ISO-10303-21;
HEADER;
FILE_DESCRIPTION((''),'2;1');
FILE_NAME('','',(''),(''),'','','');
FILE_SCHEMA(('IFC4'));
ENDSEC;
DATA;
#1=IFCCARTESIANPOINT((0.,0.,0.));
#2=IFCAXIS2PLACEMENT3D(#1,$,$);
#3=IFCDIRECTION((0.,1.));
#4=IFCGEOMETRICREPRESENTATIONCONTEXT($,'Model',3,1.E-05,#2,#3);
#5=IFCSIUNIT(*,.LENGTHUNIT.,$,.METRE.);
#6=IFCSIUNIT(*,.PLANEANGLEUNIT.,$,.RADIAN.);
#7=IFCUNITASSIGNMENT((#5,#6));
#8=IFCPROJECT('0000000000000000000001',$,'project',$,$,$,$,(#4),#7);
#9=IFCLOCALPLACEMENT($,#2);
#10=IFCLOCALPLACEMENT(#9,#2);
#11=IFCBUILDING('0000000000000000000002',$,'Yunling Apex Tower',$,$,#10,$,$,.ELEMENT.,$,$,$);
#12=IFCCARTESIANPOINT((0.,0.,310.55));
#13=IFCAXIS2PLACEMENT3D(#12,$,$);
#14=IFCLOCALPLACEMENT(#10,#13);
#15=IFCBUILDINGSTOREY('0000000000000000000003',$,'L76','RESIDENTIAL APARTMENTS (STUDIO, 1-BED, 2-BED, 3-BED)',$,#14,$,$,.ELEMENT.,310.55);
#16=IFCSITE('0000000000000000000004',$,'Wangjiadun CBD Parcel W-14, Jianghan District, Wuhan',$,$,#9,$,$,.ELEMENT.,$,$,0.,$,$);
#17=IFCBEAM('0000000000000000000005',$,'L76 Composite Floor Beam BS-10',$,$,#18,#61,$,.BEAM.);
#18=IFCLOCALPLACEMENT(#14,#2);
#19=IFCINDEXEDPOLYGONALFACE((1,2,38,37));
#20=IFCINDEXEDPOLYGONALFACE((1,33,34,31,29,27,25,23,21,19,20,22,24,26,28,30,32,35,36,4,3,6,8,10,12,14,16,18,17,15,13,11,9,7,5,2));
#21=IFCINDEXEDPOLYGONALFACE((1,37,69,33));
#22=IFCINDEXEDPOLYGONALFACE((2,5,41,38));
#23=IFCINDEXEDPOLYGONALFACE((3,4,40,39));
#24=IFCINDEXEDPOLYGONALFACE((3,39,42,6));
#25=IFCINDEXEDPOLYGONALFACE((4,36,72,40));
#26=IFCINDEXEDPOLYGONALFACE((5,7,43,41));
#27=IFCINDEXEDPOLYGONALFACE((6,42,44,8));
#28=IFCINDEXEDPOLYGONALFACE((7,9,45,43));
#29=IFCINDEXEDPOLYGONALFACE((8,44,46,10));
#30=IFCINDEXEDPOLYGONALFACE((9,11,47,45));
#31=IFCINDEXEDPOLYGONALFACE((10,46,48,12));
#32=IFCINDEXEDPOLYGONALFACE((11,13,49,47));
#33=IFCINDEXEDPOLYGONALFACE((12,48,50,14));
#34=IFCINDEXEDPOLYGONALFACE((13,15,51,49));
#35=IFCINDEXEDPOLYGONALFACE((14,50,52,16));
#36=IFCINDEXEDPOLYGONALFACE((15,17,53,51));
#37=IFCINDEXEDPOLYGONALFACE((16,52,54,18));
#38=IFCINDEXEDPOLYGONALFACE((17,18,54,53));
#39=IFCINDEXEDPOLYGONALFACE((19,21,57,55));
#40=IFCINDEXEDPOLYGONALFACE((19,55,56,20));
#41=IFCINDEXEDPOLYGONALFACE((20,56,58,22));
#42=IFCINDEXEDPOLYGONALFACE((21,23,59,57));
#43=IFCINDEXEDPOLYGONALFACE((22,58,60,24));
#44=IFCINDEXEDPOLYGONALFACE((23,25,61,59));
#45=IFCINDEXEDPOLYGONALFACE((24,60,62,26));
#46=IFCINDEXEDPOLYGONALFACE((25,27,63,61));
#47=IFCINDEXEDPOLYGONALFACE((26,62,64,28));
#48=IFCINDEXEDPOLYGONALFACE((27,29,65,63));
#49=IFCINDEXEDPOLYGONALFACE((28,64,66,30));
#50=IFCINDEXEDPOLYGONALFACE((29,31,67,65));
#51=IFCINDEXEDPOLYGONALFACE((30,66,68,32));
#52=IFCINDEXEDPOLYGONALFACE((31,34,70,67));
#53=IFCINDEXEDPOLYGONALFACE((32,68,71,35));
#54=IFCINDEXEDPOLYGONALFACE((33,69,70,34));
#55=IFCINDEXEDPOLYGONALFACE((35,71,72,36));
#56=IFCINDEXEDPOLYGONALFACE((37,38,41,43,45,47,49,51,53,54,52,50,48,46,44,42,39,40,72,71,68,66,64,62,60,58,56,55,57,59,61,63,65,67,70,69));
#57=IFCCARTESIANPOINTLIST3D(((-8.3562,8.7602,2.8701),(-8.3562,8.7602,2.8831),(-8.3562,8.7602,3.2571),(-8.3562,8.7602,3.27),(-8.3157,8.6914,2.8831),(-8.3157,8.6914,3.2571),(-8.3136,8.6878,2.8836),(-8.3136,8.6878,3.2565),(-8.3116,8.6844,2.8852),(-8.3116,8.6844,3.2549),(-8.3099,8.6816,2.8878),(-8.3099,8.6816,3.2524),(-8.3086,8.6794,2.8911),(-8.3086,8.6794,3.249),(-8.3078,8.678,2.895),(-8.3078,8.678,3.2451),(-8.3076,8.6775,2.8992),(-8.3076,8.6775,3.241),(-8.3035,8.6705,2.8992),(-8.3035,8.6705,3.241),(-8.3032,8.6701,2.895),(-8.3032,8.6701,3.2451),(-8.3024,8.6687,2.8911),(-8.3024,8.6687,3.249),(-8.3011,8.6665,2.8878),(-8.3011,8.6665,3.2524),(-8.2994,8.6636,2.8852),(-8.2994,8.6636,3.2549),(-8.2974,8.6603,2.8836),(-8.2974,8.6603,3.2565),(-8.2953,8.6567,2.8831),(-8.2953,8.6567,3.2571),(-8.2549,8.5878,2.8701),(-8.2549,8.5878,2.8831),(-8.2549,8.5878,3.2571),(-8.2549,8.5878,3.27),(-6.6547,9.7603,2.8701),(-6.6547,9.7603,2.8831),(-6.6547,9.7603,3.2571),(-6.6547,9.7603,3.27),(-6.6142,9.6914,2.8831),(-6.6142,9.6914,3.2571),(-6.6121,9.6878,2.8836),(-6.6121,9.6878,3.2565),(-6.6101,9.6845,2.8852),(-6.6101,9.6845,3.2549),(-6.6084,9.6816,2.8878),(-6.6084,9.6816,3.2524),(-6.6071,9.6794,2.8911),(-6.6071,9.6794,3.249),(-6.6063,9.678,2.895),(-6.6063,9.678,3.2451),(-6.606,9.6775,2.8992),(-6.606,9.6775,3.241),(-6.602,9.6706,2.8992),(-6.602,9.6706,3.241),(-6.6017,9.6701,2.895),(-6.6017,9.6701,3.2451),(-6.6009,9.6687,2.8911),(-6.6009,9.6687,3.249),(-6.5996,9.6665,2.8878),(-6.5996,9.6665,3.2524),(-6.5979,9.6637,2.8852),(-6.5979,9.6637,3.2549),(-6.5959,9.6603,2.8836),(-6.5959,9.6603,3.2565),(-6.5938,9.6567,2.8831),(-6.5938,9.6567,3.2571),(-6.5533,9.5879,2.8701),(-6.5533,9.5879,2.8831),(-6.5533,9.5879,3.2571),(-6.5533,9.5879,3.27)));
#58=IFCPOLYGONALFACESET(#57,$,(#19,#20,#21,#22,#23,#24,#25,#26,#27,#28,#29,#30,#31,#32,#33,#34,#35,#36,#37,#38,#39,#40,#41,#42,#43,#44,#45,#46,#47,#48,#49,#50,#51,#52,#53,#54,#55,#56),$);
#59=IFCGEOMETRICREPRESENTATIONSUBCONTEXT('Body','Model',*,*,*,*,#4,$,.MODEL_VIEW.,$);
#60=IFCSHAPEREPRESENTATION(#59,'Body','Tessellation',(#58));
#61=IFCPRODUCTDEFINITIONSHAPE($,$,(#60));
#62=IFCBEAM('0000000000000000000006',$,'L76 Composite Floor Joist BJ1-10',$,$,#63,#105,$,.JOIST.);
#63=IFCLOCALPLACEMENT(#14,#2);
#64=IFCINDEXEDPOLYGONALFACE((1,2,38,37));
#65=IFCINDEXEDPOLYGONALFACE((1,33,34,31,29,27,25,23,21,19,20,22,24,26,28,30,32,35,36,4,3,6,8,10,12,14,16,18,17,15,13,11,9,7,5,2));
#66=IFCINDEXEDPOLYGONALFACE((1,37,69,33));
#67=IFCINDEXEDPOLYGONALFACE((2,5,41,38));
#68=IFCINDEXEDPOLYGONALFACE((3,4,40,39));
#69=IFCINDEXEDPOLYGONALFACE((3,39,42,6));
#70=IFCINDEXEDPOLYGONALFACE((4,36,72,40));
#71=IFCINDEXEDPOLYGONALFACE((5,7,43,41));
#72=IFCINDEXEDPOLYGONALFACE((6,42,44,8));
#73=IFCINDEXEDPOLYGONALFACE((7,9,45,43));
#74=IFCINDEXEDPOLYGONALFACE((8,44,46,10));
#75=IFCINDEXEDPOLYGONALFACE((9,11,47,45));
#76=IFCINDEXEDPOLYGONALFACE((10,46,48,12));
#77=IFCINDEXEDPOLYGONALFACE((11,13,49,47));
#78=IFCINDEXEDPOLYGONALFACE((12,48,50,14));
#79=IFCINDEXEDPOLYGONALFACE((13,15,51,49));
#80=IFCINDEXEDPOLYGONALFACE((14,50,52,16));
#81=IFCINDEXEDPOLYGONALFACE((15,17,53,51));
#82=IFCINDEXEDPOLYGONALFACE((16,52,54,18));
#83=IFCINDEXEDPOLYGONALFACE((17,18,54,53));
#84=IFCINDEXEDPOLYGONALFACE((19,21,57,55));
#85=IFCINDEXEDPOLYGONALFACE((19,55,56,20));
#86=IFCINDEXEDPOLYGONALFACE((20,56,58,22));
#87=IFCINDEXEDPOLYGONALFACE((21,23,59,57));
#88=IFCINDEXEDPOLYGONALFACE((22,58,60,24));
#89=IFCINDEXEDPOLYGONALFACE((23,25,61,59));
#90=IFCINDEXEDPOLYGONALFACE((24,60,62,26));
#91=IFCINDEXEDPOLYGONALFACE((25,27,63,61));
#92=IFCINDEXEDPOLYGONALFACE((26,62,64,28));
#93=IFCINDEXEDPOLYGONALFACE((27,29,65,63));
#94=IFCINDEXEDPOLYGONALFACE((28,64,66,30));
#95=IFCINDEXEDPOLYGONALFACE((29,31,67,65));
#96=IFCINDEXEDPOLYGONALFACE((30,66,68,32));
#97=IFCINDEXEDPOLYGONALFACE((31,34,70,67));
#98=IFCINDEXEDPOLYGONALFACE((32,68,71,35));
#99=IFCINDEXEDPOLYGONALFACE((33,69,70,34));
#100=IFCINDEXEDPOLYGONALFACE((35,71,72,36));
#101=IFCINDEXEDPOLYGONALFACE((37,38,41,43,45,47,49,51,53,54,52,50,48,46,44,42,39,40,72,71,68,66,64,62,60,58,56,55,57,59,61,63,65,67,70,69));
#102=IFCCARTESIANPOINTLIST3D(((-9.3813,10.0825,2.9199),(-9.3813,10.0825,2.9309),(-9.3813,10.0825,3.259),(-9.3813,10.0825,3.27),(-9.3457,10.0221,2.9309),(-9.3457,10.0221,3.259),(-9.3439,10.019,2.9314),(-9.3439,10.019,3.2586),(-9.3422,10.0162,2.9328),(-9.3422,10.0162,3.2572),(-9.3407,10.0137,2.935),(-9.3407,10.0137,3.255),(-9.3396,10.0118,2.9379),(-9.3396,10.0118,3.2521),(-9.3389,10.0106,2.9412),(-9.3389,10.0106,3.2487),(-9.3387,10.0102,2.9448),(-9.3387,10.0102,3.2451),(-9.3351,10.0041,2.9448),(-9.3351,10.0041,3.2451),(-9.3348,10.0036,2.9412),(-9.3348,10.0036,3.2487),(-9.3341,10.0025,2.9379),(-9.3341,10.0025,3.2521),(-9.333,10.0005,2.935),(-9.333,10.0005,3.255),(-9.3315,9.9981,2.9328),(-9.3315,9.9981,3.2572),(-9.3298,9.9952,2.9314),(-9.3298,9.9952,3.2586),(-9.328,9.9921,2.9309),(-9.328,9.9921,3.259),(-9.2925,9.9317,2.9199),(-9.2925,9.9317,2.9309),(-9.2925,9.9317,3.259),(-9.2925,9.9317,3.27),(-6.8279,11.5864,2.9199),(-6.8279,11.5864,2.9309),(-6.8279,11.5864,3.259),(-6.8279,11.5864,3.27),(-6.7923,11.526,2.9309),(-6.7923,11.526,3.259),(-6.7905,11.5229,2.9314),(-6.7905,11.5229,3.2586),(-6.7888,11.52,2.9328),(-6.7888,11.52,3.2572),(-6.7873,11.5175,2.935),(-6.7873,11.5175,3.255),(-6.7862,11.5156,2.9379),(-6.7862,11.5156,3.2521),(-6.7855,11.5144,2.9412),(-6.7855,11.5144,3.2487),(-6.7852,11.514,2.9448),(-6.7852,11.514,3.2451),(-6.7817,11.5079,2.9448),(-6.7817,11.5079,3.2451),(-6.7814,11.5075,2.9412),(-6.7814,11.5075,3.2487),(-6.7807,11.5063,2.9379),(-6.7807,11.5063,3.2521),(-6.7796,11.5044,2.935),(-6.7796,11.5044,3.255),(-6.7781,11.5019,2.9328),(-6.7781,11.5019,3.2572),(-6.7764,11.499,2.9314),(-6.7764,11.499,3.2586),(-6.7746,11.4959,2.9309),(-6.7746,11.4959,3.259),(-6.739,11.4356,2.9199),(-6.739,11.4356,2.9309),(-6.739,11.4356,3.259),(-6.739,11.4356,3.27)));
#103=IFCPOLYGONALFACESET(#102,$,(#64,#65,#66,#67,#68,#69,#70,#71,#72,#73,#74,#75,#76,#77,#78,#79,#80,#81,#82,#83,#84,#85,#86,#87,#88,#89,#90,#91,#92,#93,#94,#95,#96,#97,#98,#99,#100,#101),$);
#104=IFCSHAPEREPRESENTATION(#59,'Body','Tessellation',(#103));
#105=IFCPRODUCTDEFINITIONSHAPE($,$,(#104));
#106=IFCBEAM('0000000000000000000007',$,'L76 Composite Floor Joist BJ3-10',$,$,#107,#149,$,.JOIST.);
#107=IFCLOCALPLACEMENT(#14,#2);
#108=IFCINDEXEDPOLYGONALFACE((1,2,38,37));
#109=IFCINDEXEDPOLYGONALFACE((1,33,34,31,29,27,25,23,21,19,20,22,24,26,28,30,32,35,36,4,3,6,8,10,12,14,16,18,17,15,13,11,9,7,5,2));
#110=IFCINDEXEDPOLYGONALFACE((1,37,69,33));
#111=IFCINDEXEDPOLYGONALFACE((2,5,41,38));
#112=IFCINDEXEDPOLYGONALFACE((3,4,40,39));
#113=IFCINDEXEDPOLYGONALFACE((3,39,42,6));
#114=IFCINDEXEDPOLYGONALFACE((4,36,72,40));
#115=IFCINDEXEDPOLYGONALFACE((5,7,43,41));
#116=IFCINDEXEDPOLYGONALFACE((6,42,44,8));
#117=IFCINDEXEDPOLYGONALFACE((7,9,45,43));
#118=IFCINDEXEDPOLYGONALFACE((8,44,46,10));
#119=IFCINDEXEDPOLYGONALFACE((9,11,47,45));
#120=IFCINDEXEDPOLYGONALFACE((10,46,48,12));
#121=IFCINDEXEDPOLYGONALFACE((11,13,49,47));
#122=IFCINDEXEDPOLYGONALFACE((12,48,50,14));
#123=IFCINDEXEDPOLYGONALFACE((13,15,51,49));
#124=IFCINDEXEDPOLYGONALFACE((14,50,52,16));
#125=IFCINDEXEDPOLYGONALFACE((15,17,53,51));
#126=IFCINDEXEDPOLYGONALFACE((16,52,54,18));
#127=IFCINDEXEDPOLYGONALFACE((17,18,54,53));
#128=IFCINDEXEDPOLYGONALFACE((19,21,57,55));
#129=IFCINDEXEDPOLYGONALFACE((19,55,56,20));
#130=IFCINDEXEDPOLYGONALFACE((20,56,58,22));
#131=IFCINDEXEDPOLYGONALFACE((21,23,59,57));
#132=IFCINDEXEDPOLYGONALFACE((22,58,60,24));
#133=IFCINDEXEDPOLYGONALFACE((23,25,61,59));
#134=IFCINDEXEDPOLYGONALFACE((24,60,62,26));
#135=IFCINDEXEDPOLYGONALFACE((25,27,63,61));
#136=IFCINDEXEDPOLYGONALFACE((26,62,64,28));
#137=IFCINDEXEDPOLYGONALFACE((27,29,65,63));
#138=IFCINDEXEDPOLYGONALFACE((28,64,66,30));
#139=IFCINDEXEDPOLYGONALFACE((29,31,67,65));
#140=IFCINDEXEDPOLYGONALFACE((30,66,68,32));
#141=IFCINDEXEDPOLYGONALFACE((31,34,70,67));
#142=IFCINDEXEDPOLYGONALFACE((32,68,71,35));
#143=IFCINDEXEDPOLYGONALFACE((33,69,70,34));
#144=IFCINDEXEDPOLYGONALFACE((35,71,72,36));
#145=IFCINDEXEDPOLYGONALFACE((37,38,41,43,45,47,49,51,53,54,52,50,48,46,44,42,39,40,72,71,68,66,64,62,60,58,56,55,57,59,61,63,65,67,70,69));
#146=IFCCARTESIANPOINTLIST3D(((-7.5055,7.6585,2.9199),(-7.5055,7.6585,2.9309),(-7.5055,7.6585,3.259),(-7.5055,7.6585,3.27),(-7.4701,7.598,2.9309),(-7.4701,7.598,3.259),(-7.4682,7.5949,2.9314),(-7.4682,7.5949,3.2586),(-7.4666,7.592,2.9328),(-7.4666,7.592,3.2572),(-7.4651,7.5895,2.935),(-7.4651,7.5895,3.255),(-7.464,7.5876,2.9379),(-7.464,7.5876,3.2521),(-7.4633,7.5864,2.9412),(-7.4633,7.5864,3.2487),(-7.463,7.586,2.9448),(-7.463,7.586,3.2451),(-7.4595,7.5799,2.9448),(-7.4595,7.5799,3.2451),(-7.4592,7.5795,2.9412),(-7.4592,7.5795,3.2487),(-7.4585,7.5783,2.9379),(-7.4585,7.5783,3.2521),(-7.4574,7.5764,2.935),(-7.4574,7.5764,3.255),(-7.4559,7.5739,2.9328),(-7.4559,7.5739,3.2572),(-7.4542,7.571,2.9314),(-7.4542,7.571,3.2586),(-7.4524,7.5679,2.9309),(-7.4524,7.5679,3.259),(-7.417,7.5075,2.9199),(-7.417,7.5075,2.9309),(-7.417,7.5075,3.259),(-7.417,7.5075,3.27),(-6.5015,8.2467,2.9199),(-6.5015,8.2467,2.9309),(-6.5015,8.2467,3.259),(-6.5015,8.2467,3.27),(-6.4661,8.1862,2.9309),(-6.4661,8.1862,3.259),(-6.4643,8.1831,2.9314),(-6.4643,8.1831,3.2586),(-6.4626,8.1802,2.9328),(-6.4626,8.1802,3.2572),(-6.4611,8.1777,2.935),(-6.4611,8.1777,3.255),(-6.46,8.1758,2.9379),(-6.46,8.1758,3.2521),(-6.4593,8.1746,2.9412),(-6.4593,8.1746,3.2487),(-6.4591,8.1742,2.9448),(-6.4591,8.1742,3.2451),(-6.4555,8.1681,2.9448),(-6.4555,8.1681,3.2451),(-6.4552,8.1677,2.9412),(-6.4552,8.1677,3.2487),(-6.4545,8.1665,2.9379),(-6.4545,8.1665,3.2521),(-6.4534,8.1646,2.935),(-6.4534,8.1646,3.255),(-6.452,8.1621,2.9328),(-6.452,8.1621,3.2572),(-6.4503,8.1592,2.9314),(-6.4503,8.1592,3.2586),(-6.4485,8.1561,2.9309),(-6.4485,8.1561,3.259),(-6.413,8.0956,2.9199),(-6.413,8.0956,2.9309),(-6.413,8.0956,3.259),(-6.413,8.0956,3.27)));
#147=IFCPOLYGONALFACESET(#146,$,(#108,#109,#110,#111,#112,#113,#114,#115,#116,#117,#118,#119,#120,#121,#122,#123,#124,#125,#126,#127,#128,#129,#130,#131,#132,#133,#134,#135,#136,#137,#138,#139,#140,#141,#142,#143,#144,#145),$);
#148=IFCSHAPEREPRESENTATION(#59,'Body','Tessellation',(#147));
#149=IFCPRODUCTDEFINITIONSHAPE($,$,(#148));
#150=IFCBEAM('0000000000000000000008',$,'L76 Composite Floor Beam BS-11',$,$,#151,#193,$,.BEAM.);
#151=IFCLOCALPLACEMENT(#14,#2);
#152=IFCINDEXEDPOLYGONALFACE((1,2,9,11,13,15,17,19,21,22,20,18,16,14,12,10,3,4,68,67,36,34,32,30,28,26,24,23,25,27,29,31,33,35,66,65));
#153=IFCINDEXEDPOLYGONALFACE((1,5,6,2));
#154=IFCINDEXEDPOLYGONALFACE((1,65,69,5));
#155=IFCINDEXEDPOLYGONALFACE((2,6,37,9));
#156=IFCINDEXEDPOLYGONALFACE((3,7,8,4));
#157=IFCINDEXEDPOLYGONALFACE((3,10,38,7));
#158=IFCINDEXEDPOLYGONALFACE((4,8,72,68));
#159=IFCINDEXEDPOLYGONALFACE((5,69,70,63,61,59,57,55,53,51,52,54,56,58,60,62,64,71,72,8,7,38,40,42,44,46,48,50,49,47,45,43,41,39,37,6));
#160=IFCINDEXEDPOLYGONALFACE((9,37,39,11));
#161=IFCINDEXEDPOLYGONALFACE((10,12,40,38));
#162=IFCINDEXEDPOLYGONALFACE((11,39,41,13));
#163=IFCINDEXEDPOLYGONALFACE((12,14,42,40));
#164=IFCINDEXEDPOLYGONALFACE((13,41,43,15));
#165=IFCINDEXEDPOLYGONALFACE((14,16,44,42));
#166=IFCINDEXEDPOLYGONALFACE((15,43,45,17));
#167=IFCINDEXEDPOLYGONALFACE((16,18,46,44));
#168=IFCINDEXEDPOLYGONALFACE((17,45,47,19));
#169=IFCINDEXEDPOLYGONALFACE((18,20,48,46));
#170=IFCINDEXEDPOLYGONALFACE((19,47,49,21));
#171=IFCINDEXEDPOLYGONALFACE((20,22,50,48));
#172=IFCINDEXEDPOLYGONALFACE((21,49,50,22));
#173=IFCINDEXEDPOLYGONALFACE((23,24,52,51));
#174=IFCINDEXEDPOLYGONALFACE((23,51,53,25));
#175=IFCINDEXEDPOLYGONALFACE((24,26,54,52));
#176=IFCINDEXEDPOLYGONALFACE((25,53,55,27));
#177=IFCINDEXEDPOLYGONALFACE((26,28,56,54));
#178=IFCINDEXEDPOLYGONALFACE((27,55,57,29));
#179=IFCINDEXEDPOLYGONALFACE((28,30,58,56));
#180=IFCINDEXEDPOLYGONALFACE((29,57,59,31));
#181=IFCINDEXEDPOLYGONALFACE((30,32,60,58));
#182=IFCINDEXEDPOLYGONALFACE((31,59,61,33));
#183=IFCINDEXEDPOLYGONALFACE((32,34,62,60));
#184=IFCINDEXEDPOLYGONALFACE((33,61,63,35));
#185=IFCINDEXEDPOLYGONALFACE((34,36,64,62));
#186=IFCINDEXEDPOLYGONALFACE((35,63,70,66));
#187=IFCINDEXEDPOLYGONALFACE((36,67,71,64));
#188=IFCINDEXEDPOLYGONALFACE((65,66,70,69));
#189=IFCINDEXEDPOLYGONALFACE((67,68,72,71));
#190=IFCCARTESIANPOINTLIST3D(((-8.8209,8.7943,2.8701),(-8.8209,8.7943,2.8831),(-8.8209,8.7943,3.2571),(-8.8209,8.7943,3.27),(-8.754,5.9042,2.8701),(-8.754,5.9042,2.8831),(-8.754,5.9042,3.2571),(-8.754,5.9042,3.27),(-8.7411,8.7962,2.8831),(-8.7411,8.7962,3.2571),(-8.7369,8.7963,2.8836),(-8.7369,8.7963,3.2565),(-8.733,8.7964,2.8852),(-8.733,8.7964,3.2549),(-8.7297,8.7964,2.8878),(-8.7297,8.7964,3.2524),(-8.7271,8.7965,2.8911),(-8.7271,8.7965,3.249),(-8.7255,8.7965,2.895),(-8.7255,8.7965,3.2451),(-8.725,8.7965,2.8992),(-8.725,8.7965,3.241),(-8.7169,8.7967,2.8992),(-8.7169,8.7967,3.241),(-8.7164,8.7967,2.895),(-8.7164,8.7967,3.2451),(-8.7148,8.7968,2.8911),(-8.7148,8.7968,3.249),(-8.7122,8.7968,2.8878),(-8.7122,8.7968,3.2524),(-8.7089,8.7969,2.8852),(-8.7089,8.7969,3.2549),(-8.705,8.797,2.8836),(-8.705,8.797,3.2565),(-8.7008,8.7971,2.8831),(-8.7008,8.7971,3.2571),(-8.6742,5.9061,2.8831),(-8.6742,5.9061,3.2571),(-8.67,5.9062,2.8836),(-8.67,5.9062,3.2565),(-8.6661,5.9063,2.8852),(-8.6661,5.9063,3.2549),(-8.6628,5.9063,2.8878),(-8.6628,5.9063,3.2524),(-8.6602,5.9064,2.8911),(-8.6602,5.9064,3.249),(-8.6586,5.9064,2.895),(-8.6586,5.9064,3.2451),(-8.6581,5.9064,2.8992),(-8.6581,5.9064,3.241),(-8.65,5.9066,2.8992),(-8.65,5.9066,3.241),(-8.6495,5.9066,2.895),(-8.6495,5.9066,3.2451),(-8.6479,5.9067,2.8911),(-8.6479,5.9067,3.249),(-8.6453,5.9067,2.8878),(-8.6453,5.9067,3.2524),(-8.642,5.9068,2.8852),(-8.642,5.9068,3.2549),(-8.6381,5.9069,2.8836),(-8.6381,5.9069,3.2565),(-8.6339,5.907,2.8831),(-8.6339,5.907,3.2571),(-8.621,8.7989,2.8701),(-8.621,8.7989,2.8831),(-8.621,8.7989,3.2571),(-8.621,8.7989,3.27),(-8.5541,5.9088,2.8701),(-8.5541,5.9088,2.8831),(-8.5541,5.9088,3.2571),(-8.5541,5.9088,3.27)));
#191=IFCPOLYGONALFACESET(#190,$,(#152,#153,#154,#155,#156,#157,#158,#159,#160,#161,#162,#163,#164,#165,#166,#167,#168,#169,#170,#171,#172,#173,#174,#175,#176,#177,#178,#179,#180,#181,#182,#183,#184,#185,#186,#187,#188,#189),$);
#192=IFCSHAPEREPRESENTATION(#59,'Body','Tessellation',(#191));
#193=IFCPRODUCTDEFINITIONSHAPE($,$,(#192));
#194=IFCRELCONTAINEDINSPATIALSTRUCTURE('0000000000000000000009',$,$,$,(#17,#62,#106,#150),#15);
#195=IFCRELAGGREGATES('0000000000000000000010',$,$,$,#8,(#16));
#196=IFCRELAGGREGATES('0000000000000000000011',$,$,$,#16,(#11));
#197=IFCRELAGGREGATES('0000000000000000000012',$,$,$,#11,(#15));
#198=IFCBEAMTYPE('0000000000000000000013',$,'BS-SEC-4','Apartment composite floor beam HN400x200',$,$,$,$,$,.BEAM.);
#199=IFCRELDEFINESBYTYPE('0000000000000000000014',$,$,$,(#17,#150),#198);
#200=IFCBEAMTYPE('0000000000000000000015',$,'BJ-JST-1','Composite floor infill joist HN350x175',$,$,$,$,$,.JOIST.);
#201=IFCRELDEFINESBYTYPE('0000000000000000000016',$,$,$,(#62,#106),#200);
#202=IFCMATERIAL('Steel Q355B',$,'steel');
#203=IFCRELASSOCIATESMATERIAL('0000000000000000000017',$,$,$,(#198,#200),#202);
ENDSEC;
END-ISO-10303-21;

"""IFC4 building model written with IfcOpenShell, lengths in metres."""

from ifc_helpers import new_model, si_unit, direction, frame, origin, origin_2d, place, context, subcontext, project, spatial, i_section, extrude, source, transform, mapped, material, material_profile, profile_set, type_object, element, save


model = new_model("IFC4")

# Units and contexts
model_context = context("Model", 3, precision=1e-05, world=origin(), true_north=direction((0.0, 1.0)))
body_context = subcontext(model_context, "Body", "Model", "MODEL_VIEW")
ifc_project = project(units=[si_unit("LENGTHUNIT", "METRE"), si_unit("PLANEANGLEUNIT", "RADIAN")], contexts=[model_context])

# Site, building, storey
site_placement = place(None, origin())
site = spatial("IfcSite", under=ifc_project, at=site_placement, Name="Wangjiadun CBD Parcel W-14, Jianghan District, Wuhan", CompositionType="ELEMENT", RefElevation=0.0)
building_placement = place(site_placement, origin())
building = spatial("IfcBuilding", under=site, at=building_placement, Name="Yunling Apex Tower", CompositionType="ELEMENT")
storey_placement = place(building_placement, frame((0.0, 0.0, 310.55)))
storey = spatial("IfcBuildingStorey", under=building, at=storey_placement, Name="L76", Description="RESIDENTIAL APARTMENTS (STUDIO, 1-BED, 2-BED, 3-BED)", CompositionType="ELEMENT", Elevation=310.55)

# Shared definitions
ifc_material_1 = material(Name="Steel Q355B", Category="steel")

# Beams
ifc_material_profile_1 = material_profile(ifc_material_1, i_section(OverallWidth=0.2, OverallDepth=0.3999, WebThickness=0.0081, FlangeThickness=0.0129, FilletRadius=0.0161, at=origin_2d()))
ifc_profile_set_1 = profile_set([ifc_material_profile_1], Name="Steel Q355B")
beam_type_1 = type_object("IfcBeamType", Name="BS-SEC-4", Description="Apartment composite floor beam HN400x200", PredefinedType="BEAM", material=ifc_profile_set_1)
ifc_material_profile_2 = material_profile(ifc_material_1, i_section(OverallWidth=0.175, OverallDepth=0.3501, WebThickness=0.0071, FlangeThickness=0.011, FilletRadius=0.0139, at=origin_2d()))
ifc_profile_set_2 = profile_set([ifc_material_profile_2], Name="Steel Q355B")
beam_type_2 = type_object("IfcBeamType", Name="BJ-JST-1", Description="Composite floor infill joist HN350x175", PredefinedType="JOIST", material=ifc_profile_set_2)
shared_shape_1 = source(origin(), body_context, "Body", "SweptSolid", [
    extrude(i_section(OverallWidth=0.2, OverallDepth=0.3999, WebThickness=0.0081, FlangeThickness=0.0129, FilletRadius=0.0161, at=origin_2d()), origin(), (0.0, 0.0, 1.0), 1.9736),
])
beam_1_placement = place(storey_placement, frame((-6.604, 9.6741, 3.0701), z_axis=(-0.862119, -0.506707, 0.0), x_axis=(0.506707, -0.862119, 0.0)))
element("IfcBeam", 1, at=beam_1_placement, inside=storey, type_object=beam_type_1, Name="L76 Composite Floor Beam BS-10", PredefinedType="BEAM", context=body_context, shape_type="MappedRepresentation", body=[
    mapped(shared_shape_1, transform((0.0, 0.0, 0.0), scale=1.0)),
])
shared_shape_2 = source(origin(), body_context, "Body", "SweptSolid", [
    extrude(i_section(OverallWidth=0.175, OverallDepth=0.3501, WebThickness=0.0071, FlangeThickness=0.011, FilletRadius=0.0139, at=origin_2d()), origin(), (0.0, 0.0, 1.0), 2.9634),
])
beam_2_placement = place(storey_placement, frame((-6.7834, 11.511, 3.095), z_axis=(-0.861659, -0.507488, 0.0), x_axis=(0.507488, -0.861659, 0.0)))
element("IfcBeam", 2, at=beam_2_placement, inside=storey, type_object=beam_type_2, Name="L76 Composite Floor Joist BJ1-10", PredefinedType="JOIST", context=body_context, shape_type="MappedRepresentation", body=[
    mapped(shared_shape_2, transform((0.0, 0.0, 0.0), scale=1.0)),
])
shared_shape_3 = source(origin(), body_context, "Body", "SweptSolid", [
    extrude(i_section(OverallWidth=0.175, OverallDepth=0.3501, WebThickness=0.0071, FlangeThickness=0.011, FilletRadius=0.0139, at=origin_2d()), origin(), (0.0, 0.0, 1.0), 1.1636),
])
beam_3_placement = place(storey_placement, frame((-6.4573, 8.1711, 3.095), z_axis=(-0.862834, -0.505488, 0.0), x_axis=(0.505488, -0.862834, 0.0)))
element("IfcBeam", 3, at=beam_3_placement, inside=storey, type_object=beam_type_2, Name="L76 Composite Floor Joist BJ3-10", PredefinedType="JOIST", context=body_context, shape_type="MappedRepresentation", body=[
    mapped(shared_shape_3, transform((0.0, 0.0, 0.0), scale=1.0)),
])
shared_shape_4 = source(origin(), body_context, "Body", "SweptSolid", [
    extrude(i_section(OverallWidth=0.2, OverallDepth=0.3999, WebThickness=0.0081, FlangeThickness=0.0129, FilletRadius=0.0161, at=origin_2d()), origin(), (0.0, 0.0, 1.0), 2.8909),
])
beam_4_placement = place(storey_placement, frame((-8.7209, 8.7966, 3.0701), z_axis=(0.02314, -0.999732, 0.0), x_axis=(0.999732, 0.02314, 0.0)))
element("IfcBeam", 4, at=beam_4_placement, inside=storey, type_object=beam_type_1, Name="L76 Composite Floor Beam BS-11", PredefinedType="BEAM", context=body_context, shape_type="MappedRepresentation", body=[
    mapped(shared_shape_4, transform((0.0, 0.0, 0.0), scale=1.0)),
])

save(model, "model.ifc")
